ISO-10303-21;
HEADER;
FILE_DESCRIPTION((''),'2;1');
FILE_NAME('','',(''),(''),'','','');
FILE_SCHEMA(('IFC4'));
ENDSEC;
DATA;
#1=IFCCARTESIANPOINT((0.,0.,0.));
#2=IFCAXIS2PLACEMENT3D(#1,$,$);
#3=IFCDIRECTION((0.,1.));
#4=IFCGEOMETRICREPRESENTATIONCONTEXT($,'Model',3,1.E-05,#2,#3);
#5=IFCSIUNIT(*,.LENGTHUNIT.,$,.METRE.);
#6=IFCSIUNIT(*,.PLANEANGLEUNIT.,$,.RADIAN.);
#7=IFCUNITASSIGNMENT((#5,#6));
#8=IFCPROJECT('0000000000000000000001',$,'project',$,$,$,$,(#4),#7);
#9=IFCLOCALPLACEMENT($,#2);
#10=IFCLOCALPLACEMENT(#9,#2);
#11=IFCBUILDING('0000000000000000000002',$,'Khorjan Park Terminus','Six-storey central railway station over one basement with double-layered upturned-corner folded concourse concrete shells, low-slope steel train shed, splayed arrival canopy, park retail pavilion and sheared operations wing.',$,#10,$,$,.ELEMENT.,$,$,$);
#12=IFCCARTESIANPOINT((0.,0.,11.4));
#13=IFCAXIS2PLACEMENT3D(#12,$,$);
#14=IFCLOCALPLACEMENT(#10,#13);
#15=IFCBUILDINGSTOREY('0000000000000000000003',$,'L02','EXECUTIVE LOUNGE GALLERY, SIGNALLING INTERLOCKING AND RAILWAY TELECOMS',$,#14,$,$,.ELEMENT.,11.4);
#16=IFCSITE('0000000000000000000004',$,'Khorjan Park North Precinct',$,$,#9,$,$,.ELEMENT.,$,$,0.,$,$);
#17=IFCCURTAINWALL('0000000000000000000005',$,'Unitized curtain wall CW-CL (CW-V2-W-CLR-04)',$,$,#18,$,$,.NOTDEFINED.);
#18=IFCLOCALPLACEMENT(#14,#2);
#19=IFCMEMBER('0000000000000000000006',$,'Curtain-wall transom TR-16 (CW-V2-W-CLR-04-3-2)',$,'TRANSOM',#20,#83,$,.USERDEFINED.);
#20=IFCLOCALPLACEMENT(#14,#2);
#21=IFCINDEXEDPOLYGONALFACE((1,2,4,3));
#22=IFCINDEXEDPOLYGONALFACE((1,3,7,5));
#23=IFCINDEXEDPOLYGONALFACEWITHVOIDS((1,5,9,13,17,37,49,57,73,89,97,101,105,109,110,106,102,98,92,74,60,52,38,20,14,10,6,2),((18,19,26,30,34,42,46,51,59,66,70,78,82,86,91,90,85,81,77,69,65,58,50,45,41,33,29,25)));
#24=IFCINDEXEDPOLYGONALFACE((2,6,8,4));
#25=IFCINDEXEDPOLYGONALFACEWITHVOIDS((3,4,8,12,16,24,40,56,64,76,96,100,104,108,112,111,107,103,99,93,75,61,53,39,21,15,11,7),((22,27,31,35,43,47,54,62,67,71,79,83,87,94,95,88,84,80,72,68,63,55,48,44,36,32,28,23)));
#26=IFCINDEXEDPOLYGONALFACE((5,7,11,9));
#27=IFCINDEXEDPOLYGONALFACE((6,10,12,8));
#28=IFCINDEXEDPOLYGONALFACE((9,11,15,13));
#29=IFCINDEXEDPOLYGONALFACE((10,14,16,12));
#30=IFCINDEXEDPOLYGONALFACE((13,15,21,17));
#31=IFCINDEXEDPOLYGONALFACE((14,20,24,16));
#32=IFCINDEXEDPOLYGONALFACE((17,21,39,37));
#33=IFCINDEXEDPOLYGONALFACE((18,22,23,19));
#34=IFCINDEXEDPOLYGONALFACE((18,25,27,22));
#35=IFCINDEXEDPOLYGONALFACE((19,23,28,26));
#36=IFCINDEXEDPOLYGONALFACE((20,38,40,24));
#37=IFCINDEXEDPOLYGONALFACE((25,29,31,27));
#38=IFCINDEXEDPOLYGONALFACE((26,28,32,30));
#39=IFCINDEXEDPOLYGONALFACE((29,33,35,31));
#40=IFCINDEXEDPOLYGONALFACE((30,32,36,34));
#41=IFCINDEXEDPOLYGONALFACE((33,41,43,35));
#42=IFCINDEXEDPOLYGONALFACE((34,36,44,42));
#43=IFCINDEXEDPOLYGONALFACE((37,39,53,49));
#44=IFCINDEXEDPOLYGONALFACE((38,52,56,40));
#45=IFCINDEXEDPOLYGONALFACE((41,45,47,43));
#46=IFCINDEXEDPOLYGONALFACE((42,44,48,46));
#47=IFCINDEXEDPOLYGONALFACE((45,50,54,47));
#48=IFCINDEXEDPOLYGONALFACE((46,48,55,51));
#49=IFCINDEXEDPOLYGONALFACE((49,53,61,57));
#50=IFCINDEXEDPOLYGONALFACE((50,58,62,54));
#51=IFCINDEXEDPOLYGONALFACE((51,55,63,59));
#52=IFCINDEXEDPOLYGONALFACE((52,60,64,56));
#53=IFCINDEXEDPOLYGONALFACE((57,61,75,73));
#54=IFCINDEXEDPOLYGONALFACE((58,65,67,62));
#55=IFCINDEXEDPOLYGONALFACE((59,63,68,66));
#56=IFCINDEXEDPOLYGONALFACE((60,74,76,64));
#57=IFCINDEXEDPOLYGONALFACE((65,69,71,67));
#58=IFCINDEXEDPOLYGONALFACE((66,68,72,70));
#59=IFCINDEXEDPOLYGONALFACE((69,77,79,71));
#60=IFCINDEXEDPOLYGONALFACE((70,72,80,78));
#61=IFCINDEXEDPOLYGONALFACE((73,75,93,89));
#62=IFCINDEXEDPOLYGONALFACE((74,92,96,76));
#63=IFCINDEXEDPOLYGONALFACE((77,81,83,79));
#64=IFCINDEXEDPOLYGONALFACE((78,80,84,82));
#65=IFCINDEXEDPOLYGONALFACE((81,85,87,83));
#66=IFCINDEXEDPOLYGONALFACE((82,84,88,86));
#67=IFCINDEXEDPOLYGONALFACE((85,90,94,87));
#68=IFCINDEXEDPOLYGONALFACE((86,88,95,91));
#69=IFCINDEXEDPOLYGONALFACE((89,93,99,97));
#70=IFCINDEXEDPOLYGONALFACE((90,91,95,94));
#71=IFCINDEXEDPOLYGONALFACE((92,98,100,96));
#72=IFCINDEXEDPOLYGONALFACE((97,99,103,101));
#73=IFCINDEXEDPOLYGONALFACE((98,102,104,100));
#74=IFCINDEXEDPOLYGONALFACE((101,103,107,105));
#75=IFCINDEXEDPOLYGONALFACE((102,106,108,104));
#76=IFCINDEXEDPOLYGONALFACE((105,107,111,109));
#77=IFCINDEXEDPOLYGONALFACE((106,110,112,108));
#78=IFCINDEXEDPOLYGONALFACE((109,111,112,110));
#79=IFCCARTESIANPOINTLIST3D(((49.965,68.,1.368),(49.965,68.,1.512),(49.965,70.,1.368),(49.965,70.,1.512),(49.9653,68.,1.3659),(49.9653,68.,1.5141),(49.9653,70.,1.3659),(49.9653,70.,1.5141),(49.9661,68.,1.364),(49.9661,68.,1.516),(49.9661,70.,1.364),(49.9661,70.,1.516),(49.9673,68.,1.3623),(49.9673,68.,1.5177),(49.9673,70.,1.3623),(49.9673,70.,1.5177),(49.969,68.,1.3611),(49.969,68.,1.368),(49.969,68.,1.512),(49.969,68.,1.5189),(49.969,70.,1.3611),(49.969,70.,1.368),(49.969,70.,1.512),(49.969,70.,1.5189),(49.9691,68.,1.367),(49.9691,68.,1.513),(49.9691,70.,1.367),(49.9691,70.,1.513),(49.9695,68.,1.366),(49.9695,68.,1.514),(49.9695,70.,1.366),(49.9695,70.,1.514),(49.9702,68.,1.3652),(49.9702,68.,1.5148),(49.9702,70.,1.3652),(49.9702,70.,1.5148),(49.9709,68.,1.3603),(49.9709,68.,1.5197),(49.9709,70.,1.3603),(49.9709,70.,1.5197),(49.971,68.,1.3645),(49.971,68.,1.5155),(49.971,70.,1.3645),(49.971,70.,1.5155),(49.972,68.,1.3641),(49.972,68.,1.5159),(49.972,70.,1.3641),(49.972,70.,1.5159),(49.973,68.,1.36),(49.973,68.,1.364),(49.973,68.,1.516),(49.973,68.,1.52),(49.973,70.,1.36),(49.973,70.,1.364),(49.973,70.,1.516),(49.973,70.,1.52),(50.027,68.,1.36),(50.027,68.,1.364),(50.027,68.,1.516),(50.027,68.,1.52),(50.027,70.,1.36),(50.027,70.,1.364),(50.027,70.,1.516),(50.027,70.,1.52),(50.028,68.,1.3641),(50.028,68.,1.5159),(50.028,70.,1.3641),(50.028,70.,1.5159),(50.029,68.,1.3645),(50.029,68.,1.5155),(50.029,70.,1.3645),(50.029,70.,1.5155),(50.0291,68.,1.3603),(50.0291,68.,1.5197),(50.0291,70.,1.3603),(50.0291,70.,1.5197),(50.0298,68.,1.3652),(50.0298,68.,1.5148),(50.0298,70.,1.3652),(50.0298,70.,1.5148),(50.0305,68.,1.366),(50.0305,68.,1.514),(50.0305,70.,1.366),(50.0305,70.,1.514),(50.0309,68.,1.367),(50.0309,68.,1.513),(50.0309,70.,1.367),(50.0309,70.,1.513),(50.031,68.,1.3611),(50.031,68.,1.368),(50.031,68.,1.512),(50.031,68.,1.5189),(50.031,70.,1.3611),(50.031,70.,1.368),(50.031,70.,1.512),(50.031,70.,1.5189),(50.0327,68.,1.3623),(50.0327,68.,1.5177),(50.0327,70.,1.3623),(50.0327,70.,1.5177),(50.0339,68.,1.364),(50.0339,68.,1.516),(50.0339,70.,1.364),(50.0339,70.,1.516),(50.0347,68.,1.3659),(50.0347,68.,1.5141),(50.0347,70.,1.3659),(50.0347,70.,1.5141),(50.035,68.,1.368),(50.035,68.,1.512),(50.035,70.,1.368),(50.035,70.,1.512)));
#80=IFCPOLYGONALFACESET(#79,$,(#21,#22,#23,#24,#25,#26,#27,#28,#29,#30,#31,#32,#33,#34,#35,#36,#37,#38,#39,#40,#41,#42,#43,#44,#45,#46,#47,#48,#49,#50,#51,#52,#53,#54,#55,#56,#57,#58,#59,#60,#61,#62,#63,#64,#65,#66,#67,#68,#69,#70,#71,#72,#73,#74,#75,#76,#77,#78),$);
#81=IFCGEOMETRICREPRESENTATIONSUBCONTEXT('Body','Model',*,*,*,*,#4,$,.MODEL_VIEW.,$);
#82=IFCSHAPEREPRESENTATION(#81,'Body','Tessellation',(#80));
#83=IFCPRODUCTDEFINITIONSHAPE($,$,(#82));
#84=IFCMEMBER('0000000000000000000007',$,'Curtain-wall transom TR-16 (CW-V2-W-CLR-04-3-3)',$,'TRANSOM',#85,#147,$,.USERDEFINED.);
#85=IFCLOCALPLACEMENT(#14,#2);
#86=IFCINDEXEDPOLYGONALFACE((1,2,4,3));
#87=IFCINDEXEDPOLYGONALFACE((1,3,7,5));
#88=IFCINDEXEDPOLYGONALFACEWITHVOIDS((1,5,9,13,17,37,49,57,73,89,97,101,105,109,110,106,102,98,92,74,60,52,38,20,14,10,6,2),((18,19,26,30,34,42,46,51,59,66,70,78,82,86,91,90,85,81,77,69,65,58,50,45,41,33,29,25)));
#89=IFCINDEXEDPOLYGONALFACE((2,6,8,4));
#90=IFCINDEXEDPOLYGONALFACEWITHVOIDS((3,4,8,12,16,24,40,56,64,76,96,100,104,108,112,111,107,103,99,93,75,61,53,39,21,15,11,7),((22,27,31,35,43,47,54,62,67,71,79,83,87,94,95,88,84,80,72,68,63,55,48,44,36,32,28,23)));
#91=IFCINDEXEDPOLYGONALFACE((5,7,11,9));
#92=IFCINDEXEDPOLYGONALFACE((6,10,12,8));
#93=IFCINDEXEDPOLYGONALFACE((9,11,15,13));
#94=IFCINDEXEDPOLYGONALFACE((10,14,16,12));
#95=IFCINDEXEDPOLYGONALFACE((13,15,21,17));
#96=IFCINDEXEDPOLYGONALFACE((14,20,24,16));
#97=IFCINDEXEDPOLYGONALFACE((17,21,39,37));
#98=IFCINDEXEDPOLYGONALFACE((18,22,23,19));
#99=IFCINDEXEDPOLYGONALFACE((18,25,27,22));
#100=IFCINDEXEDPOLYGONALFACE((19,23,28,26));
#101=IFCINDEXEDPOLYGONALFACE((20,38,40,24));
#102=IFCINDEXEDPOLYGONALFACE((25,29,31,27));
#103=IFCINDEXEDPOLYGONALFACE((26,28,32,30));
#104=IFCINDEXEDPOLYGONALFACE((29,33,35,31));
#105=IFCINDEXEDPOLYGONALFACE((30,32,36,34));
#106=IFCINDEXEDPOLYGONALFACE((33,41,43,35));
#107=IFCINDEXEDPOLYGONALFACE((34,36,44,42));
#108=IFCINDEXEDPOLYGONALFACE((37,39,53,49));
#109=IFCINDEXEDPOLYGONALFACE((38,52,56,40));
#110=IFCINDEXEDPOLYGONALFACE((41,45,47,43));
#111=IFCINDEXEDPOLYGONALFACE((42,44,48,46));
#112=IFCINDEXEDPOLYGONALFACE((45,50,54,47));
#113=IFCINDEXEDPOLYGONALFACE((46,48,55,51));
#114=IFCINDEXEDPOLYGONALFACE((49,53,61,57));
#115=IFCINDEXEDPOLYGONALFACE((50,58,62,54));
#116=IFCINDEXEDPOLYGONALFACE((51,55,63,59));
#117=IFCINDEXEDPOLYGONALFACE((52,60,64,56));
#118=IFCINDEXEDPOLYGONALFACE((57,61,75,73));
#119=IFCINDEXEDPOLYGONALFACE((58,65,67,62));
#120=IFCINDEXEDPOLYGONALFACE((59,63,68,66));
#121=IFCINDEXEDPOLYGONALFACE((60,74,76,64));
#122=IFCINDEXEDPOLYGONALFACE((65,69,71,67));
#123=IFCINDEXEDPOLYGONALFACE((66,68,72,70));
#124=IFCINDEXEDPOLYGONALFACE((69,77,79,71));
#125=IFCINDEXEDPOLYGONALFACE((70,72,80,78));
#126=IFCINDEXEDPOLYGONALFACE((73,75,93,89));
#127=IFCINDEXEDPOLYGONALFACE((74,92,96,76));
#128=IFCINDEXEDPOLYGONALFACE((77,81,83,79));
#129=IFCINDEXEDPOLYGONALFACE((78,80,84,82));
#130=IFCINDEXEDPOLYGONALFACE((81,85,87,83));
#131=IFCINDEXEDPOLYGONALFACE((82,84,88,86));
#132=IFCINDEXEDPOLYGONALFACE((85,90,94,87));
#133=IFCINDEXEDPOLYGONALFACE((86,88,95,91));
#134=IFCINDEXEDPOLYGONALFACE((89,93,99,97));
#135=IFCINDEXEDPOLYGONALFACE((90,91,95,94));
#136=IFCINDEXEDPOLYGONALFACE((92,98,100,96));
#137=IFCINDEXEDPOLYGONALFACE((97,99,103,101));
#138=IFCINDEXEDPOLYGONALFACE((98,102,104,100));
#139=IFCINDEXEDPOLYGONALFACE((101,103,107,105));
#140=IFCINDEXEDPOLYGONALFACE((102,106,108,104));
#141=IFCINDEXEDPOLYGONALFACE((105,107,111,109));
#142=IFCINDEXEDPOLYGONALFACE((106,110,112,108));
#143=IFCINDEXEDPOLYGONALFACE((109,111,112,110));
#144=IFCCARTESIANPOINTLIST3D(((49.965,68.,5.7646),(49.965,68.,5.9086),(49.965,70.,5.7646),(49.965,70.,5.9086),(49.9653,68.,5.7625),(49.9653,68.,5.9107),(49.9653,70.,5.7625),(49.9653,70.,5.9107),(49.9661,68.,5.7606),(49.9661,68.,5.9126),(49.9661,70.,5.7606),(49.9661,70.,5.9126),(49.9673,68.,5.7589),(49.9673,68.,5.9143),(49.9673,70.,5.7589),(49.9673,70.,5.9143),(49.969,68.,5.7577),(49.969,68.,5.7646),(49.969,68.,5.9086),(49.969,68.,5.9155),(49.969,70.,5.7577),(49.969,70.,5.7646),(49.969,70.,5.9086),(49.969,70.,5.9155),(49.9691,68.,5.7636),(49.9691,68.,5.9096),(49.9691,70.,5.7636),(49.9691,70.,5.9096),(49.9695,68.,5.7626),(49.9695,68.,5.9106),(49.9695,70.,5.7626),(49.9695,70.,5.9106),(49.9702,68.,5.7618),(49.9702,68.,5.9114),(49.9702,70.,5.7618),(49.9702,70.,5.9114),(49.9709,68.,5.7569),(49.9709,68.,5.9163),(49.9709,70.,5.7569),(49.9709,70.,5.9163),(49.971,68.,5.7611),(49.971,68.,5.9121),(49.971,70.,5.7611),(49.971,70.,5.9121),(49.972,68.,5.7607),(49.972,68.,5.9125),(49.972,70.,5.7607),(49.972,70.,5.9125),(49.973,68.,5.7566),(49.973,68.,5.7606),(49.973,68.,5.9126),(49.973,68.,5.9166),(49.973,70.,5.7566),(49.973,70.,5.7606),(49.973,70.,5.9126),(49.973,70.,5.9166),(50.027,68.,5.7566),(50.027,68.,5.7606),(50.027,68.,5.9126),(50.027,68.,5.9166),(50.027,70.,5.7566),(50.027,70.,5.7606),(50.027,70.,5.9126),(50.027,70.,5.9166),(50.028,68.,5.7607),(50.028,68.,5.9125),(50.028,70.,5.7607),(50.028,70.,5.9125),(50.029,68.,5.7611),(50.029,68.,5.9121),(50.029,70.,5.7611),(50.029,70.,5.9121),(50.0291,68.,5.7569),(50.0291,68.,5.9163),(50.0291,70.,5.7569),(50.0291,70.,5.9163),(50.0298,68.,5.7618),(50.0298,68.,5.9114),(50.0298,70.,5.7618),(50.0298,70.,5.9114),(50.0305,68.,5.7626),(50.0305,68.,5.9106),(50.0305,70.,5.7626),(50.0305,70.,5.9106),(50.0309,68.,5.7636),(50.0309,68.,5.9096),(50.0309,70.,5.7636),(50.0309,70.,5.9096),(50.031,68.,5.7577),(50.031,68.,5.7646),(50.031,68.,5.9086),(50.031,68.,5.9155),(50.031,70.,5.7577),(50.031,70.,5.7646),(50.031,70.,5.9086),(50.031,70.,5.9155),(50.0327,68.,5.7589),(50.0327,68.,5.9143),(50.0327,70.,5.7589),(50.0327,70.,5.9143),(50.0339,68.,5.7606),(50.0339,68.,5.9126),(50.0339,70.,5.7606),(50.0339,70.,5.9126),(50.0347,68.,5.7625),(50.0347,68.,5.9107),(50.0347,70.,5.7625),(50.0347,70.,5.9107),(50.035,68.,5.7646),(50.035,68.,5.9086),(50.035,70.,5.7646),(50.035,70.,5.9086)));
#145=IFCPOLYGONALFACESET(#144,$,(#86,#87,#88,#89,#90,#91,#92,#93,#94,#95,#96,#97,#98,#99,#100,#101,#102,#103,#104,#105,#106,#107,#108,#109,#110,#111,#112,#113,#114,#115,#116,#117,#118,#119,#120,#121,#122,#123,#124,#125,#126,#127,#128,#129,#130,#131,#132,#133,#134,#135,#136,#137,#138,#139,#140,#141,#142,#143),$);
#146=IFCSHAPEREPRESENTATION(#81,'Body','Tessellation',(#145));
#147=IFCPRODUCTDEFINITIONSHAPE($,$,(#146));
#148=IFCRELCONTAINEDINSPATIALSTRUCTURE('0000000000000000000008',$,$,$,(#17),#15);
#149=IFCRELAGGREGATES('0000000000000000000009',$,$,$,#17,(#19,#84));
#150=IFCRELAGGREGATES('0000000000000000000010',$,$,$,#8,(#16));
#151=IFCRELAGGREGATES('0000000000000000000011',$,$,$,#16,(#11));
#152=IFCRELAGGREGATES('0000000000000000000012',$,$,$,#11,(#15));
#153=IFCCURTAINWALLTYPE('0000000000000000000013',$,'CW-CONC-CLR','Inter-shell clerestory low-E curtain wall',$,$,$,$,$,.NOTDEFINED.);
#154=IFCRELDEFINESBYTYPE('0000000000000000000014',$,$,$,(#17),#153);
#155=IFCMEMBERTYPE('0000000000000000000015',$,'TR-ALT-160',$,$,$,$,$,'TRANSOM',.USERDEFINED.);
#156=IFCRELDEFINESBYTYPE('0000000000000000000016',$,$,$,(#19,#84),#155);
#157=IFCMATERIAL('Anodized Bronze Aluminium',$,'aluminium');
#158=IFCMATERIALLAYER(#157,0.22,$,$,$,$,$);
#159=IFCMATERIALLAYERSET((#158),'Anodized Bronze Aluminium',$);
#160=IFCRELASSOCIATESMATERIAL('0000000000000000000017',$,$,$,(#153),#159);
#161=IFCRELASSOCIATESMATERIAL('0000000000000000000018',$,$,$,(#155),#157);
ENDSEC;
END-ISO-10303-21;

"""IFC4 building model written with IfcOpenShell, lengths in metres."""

from ifc_helpers import new_model, si_unit, direction, frame, origin, origin_2d, place, context, subcontext, project, spatial, hollow_rectangle, extrude, material, layer, layer_set, material_profile, profile_set, type_object, element, aggregate, save


model = new_model("IFC4")

# Units and contexts
model_context = context("Model", 3, precision=1e-05, world=origin(), true_north=direction((0.0, 1.0)))
body_context = subcontext(model_context, "Body", "Model", "MODEL_VIEW")
ifc_project = project(units=[si_unit("LENGTHUNIT", "METRE"), si_unit("PLANEANGLEUNIT", "RADIAN")], contexts=[model_context])

# Site, building, storey
site_placement = place(None, origin())
site = spatial("IfcSite", under=ifc_project, at=site_placement, Name="Khorjan Park North Precinct", CompositionType="ELEMENT", RefElevation=0.0)
building_placement = place(site_placement, origin())
building = spatial("IfcBuilding", under=site, at=building_placement, Name="Khorjan Park Terminus", Description="Six-storey central railway station over one basement with double-layered upturned-corner folded concourse concrete shells, low-slope steel train shed, splayed arrival canopy, park retail pavilion and sheared operations wing.", CompositionType="ELEMENT")
storey_placement = place(building_placement, frame((0.0, 0.0, 11.4)))
storey = spatial("IfcBuildingStorey", under=building, at=storey_placement, Name="L02", Description="EXECUTIVE LOUNGE GALLERY, SIGNALLING INTERLOCKING AND RAILWAY TELECOMS", CompositionType="ELEMENT", Elevation=11.4)

# Curtain wall, members
ifc_material_1 = material(Name="Anodized Bronze Aluminium", Category="aluminium")
ifc_layer_1 = layer(ifc_material_1, 0.22)
ifc_layer_set_1 = layer_set([ifc_layer_1], Name="Anodized Bronze Aluminium")
curtain_wall_type = type_object("IfcCurtainWallType", Name="CW-CONC-CLR", Description="Inter-shell clerestory low-E curtain wall", PredefinedType="NOTDEFINED", material=ifc_layer_set_1)
curtain_wall_1_placement = place(storey_placement, origin())
curtain_wall_1 = element("IfcCurtainWall", 1, at=curtain_wall_1_placement, inside=storey, type_object=curtain_wall_type, Name="Unitized curtain wall CW-CL (CW-V2-W-CLR-04)", PredefinedType="NOTDEFINED")
ifc_material_profile_1 = material_profile(ifc_material_1, hollow_rectangle(XDim=0.07, YDim=0.16, WallThickness=0.004, InnerFilletRadius=0.004, OuterFilletRadius=0.008, at=origin_2d()), Name="ALT 70x160x4")
ifc_profile_set_1 = profile_set([ifc_material_profile_1], Name="Anodized Bronze Aluminium")
member_type_1 = type_object("IfcMemberType", Name="TR-ALT-160", ElementType="TRANSOM", PredefinedType="USERDEFINED", material=ifc_profile_set_1)
member_1_placement = place(storey_placement, frame((50.0, 70.0, 1.44), z_axis=(0.0, -1.0, 0.0), x_axis=(1.0, 0.0, 0.0)))
member_1 = element("IfcMember", 2, at=member_1_placement, type_object=member_type_1, Name="Curtain-wall transom TR-16 (CW-V2-W-CLR-04-3-2)", ObjectType="TRANSOM", PredefinedType="USERDEFINED", context=body_context, shape_type="SweptSolid", body=[
    extrude(hollow_rectangle(XDim=0.07, YDim=0.16, WallThickness=0.004, InnerFilletRadius=0.004, OuterFilletRadius=0.008, at=origin_2d()), origin(), (0.0, 0.0, 1.0), 2.0),
])
member_2_placement = place(storey_placement, frame((50.0, 70.0, 5.8366), z_axis=(0.0, -1.0, 0.0), x_axis=(1.0, 0.0, 0.0)))
member_2 = element("IfcMember", 3, at=member_2_placement, type_object=member_type_1, Name="Curtain-wall transom TR-16 (CW-V2-W-CLR-04-3-3)", ObjectType="TRANSOM", PredefinedType="USERDEFINED", context=body_context, shape_type="SweptSolid", body=[
    extrude(hollow_rectangle(XDim=0.07, YDim=0.16, WallThickness=0.004, InnerFilletRadius=0.004, OuterFilletRadius=0.008, at=origin_2d()), origin(), (0.0, 0.0, 1.0), 2.0),
])

aggregate(curtain_wall_1, [member_1, member_2])

save(model, "model.ifc")
